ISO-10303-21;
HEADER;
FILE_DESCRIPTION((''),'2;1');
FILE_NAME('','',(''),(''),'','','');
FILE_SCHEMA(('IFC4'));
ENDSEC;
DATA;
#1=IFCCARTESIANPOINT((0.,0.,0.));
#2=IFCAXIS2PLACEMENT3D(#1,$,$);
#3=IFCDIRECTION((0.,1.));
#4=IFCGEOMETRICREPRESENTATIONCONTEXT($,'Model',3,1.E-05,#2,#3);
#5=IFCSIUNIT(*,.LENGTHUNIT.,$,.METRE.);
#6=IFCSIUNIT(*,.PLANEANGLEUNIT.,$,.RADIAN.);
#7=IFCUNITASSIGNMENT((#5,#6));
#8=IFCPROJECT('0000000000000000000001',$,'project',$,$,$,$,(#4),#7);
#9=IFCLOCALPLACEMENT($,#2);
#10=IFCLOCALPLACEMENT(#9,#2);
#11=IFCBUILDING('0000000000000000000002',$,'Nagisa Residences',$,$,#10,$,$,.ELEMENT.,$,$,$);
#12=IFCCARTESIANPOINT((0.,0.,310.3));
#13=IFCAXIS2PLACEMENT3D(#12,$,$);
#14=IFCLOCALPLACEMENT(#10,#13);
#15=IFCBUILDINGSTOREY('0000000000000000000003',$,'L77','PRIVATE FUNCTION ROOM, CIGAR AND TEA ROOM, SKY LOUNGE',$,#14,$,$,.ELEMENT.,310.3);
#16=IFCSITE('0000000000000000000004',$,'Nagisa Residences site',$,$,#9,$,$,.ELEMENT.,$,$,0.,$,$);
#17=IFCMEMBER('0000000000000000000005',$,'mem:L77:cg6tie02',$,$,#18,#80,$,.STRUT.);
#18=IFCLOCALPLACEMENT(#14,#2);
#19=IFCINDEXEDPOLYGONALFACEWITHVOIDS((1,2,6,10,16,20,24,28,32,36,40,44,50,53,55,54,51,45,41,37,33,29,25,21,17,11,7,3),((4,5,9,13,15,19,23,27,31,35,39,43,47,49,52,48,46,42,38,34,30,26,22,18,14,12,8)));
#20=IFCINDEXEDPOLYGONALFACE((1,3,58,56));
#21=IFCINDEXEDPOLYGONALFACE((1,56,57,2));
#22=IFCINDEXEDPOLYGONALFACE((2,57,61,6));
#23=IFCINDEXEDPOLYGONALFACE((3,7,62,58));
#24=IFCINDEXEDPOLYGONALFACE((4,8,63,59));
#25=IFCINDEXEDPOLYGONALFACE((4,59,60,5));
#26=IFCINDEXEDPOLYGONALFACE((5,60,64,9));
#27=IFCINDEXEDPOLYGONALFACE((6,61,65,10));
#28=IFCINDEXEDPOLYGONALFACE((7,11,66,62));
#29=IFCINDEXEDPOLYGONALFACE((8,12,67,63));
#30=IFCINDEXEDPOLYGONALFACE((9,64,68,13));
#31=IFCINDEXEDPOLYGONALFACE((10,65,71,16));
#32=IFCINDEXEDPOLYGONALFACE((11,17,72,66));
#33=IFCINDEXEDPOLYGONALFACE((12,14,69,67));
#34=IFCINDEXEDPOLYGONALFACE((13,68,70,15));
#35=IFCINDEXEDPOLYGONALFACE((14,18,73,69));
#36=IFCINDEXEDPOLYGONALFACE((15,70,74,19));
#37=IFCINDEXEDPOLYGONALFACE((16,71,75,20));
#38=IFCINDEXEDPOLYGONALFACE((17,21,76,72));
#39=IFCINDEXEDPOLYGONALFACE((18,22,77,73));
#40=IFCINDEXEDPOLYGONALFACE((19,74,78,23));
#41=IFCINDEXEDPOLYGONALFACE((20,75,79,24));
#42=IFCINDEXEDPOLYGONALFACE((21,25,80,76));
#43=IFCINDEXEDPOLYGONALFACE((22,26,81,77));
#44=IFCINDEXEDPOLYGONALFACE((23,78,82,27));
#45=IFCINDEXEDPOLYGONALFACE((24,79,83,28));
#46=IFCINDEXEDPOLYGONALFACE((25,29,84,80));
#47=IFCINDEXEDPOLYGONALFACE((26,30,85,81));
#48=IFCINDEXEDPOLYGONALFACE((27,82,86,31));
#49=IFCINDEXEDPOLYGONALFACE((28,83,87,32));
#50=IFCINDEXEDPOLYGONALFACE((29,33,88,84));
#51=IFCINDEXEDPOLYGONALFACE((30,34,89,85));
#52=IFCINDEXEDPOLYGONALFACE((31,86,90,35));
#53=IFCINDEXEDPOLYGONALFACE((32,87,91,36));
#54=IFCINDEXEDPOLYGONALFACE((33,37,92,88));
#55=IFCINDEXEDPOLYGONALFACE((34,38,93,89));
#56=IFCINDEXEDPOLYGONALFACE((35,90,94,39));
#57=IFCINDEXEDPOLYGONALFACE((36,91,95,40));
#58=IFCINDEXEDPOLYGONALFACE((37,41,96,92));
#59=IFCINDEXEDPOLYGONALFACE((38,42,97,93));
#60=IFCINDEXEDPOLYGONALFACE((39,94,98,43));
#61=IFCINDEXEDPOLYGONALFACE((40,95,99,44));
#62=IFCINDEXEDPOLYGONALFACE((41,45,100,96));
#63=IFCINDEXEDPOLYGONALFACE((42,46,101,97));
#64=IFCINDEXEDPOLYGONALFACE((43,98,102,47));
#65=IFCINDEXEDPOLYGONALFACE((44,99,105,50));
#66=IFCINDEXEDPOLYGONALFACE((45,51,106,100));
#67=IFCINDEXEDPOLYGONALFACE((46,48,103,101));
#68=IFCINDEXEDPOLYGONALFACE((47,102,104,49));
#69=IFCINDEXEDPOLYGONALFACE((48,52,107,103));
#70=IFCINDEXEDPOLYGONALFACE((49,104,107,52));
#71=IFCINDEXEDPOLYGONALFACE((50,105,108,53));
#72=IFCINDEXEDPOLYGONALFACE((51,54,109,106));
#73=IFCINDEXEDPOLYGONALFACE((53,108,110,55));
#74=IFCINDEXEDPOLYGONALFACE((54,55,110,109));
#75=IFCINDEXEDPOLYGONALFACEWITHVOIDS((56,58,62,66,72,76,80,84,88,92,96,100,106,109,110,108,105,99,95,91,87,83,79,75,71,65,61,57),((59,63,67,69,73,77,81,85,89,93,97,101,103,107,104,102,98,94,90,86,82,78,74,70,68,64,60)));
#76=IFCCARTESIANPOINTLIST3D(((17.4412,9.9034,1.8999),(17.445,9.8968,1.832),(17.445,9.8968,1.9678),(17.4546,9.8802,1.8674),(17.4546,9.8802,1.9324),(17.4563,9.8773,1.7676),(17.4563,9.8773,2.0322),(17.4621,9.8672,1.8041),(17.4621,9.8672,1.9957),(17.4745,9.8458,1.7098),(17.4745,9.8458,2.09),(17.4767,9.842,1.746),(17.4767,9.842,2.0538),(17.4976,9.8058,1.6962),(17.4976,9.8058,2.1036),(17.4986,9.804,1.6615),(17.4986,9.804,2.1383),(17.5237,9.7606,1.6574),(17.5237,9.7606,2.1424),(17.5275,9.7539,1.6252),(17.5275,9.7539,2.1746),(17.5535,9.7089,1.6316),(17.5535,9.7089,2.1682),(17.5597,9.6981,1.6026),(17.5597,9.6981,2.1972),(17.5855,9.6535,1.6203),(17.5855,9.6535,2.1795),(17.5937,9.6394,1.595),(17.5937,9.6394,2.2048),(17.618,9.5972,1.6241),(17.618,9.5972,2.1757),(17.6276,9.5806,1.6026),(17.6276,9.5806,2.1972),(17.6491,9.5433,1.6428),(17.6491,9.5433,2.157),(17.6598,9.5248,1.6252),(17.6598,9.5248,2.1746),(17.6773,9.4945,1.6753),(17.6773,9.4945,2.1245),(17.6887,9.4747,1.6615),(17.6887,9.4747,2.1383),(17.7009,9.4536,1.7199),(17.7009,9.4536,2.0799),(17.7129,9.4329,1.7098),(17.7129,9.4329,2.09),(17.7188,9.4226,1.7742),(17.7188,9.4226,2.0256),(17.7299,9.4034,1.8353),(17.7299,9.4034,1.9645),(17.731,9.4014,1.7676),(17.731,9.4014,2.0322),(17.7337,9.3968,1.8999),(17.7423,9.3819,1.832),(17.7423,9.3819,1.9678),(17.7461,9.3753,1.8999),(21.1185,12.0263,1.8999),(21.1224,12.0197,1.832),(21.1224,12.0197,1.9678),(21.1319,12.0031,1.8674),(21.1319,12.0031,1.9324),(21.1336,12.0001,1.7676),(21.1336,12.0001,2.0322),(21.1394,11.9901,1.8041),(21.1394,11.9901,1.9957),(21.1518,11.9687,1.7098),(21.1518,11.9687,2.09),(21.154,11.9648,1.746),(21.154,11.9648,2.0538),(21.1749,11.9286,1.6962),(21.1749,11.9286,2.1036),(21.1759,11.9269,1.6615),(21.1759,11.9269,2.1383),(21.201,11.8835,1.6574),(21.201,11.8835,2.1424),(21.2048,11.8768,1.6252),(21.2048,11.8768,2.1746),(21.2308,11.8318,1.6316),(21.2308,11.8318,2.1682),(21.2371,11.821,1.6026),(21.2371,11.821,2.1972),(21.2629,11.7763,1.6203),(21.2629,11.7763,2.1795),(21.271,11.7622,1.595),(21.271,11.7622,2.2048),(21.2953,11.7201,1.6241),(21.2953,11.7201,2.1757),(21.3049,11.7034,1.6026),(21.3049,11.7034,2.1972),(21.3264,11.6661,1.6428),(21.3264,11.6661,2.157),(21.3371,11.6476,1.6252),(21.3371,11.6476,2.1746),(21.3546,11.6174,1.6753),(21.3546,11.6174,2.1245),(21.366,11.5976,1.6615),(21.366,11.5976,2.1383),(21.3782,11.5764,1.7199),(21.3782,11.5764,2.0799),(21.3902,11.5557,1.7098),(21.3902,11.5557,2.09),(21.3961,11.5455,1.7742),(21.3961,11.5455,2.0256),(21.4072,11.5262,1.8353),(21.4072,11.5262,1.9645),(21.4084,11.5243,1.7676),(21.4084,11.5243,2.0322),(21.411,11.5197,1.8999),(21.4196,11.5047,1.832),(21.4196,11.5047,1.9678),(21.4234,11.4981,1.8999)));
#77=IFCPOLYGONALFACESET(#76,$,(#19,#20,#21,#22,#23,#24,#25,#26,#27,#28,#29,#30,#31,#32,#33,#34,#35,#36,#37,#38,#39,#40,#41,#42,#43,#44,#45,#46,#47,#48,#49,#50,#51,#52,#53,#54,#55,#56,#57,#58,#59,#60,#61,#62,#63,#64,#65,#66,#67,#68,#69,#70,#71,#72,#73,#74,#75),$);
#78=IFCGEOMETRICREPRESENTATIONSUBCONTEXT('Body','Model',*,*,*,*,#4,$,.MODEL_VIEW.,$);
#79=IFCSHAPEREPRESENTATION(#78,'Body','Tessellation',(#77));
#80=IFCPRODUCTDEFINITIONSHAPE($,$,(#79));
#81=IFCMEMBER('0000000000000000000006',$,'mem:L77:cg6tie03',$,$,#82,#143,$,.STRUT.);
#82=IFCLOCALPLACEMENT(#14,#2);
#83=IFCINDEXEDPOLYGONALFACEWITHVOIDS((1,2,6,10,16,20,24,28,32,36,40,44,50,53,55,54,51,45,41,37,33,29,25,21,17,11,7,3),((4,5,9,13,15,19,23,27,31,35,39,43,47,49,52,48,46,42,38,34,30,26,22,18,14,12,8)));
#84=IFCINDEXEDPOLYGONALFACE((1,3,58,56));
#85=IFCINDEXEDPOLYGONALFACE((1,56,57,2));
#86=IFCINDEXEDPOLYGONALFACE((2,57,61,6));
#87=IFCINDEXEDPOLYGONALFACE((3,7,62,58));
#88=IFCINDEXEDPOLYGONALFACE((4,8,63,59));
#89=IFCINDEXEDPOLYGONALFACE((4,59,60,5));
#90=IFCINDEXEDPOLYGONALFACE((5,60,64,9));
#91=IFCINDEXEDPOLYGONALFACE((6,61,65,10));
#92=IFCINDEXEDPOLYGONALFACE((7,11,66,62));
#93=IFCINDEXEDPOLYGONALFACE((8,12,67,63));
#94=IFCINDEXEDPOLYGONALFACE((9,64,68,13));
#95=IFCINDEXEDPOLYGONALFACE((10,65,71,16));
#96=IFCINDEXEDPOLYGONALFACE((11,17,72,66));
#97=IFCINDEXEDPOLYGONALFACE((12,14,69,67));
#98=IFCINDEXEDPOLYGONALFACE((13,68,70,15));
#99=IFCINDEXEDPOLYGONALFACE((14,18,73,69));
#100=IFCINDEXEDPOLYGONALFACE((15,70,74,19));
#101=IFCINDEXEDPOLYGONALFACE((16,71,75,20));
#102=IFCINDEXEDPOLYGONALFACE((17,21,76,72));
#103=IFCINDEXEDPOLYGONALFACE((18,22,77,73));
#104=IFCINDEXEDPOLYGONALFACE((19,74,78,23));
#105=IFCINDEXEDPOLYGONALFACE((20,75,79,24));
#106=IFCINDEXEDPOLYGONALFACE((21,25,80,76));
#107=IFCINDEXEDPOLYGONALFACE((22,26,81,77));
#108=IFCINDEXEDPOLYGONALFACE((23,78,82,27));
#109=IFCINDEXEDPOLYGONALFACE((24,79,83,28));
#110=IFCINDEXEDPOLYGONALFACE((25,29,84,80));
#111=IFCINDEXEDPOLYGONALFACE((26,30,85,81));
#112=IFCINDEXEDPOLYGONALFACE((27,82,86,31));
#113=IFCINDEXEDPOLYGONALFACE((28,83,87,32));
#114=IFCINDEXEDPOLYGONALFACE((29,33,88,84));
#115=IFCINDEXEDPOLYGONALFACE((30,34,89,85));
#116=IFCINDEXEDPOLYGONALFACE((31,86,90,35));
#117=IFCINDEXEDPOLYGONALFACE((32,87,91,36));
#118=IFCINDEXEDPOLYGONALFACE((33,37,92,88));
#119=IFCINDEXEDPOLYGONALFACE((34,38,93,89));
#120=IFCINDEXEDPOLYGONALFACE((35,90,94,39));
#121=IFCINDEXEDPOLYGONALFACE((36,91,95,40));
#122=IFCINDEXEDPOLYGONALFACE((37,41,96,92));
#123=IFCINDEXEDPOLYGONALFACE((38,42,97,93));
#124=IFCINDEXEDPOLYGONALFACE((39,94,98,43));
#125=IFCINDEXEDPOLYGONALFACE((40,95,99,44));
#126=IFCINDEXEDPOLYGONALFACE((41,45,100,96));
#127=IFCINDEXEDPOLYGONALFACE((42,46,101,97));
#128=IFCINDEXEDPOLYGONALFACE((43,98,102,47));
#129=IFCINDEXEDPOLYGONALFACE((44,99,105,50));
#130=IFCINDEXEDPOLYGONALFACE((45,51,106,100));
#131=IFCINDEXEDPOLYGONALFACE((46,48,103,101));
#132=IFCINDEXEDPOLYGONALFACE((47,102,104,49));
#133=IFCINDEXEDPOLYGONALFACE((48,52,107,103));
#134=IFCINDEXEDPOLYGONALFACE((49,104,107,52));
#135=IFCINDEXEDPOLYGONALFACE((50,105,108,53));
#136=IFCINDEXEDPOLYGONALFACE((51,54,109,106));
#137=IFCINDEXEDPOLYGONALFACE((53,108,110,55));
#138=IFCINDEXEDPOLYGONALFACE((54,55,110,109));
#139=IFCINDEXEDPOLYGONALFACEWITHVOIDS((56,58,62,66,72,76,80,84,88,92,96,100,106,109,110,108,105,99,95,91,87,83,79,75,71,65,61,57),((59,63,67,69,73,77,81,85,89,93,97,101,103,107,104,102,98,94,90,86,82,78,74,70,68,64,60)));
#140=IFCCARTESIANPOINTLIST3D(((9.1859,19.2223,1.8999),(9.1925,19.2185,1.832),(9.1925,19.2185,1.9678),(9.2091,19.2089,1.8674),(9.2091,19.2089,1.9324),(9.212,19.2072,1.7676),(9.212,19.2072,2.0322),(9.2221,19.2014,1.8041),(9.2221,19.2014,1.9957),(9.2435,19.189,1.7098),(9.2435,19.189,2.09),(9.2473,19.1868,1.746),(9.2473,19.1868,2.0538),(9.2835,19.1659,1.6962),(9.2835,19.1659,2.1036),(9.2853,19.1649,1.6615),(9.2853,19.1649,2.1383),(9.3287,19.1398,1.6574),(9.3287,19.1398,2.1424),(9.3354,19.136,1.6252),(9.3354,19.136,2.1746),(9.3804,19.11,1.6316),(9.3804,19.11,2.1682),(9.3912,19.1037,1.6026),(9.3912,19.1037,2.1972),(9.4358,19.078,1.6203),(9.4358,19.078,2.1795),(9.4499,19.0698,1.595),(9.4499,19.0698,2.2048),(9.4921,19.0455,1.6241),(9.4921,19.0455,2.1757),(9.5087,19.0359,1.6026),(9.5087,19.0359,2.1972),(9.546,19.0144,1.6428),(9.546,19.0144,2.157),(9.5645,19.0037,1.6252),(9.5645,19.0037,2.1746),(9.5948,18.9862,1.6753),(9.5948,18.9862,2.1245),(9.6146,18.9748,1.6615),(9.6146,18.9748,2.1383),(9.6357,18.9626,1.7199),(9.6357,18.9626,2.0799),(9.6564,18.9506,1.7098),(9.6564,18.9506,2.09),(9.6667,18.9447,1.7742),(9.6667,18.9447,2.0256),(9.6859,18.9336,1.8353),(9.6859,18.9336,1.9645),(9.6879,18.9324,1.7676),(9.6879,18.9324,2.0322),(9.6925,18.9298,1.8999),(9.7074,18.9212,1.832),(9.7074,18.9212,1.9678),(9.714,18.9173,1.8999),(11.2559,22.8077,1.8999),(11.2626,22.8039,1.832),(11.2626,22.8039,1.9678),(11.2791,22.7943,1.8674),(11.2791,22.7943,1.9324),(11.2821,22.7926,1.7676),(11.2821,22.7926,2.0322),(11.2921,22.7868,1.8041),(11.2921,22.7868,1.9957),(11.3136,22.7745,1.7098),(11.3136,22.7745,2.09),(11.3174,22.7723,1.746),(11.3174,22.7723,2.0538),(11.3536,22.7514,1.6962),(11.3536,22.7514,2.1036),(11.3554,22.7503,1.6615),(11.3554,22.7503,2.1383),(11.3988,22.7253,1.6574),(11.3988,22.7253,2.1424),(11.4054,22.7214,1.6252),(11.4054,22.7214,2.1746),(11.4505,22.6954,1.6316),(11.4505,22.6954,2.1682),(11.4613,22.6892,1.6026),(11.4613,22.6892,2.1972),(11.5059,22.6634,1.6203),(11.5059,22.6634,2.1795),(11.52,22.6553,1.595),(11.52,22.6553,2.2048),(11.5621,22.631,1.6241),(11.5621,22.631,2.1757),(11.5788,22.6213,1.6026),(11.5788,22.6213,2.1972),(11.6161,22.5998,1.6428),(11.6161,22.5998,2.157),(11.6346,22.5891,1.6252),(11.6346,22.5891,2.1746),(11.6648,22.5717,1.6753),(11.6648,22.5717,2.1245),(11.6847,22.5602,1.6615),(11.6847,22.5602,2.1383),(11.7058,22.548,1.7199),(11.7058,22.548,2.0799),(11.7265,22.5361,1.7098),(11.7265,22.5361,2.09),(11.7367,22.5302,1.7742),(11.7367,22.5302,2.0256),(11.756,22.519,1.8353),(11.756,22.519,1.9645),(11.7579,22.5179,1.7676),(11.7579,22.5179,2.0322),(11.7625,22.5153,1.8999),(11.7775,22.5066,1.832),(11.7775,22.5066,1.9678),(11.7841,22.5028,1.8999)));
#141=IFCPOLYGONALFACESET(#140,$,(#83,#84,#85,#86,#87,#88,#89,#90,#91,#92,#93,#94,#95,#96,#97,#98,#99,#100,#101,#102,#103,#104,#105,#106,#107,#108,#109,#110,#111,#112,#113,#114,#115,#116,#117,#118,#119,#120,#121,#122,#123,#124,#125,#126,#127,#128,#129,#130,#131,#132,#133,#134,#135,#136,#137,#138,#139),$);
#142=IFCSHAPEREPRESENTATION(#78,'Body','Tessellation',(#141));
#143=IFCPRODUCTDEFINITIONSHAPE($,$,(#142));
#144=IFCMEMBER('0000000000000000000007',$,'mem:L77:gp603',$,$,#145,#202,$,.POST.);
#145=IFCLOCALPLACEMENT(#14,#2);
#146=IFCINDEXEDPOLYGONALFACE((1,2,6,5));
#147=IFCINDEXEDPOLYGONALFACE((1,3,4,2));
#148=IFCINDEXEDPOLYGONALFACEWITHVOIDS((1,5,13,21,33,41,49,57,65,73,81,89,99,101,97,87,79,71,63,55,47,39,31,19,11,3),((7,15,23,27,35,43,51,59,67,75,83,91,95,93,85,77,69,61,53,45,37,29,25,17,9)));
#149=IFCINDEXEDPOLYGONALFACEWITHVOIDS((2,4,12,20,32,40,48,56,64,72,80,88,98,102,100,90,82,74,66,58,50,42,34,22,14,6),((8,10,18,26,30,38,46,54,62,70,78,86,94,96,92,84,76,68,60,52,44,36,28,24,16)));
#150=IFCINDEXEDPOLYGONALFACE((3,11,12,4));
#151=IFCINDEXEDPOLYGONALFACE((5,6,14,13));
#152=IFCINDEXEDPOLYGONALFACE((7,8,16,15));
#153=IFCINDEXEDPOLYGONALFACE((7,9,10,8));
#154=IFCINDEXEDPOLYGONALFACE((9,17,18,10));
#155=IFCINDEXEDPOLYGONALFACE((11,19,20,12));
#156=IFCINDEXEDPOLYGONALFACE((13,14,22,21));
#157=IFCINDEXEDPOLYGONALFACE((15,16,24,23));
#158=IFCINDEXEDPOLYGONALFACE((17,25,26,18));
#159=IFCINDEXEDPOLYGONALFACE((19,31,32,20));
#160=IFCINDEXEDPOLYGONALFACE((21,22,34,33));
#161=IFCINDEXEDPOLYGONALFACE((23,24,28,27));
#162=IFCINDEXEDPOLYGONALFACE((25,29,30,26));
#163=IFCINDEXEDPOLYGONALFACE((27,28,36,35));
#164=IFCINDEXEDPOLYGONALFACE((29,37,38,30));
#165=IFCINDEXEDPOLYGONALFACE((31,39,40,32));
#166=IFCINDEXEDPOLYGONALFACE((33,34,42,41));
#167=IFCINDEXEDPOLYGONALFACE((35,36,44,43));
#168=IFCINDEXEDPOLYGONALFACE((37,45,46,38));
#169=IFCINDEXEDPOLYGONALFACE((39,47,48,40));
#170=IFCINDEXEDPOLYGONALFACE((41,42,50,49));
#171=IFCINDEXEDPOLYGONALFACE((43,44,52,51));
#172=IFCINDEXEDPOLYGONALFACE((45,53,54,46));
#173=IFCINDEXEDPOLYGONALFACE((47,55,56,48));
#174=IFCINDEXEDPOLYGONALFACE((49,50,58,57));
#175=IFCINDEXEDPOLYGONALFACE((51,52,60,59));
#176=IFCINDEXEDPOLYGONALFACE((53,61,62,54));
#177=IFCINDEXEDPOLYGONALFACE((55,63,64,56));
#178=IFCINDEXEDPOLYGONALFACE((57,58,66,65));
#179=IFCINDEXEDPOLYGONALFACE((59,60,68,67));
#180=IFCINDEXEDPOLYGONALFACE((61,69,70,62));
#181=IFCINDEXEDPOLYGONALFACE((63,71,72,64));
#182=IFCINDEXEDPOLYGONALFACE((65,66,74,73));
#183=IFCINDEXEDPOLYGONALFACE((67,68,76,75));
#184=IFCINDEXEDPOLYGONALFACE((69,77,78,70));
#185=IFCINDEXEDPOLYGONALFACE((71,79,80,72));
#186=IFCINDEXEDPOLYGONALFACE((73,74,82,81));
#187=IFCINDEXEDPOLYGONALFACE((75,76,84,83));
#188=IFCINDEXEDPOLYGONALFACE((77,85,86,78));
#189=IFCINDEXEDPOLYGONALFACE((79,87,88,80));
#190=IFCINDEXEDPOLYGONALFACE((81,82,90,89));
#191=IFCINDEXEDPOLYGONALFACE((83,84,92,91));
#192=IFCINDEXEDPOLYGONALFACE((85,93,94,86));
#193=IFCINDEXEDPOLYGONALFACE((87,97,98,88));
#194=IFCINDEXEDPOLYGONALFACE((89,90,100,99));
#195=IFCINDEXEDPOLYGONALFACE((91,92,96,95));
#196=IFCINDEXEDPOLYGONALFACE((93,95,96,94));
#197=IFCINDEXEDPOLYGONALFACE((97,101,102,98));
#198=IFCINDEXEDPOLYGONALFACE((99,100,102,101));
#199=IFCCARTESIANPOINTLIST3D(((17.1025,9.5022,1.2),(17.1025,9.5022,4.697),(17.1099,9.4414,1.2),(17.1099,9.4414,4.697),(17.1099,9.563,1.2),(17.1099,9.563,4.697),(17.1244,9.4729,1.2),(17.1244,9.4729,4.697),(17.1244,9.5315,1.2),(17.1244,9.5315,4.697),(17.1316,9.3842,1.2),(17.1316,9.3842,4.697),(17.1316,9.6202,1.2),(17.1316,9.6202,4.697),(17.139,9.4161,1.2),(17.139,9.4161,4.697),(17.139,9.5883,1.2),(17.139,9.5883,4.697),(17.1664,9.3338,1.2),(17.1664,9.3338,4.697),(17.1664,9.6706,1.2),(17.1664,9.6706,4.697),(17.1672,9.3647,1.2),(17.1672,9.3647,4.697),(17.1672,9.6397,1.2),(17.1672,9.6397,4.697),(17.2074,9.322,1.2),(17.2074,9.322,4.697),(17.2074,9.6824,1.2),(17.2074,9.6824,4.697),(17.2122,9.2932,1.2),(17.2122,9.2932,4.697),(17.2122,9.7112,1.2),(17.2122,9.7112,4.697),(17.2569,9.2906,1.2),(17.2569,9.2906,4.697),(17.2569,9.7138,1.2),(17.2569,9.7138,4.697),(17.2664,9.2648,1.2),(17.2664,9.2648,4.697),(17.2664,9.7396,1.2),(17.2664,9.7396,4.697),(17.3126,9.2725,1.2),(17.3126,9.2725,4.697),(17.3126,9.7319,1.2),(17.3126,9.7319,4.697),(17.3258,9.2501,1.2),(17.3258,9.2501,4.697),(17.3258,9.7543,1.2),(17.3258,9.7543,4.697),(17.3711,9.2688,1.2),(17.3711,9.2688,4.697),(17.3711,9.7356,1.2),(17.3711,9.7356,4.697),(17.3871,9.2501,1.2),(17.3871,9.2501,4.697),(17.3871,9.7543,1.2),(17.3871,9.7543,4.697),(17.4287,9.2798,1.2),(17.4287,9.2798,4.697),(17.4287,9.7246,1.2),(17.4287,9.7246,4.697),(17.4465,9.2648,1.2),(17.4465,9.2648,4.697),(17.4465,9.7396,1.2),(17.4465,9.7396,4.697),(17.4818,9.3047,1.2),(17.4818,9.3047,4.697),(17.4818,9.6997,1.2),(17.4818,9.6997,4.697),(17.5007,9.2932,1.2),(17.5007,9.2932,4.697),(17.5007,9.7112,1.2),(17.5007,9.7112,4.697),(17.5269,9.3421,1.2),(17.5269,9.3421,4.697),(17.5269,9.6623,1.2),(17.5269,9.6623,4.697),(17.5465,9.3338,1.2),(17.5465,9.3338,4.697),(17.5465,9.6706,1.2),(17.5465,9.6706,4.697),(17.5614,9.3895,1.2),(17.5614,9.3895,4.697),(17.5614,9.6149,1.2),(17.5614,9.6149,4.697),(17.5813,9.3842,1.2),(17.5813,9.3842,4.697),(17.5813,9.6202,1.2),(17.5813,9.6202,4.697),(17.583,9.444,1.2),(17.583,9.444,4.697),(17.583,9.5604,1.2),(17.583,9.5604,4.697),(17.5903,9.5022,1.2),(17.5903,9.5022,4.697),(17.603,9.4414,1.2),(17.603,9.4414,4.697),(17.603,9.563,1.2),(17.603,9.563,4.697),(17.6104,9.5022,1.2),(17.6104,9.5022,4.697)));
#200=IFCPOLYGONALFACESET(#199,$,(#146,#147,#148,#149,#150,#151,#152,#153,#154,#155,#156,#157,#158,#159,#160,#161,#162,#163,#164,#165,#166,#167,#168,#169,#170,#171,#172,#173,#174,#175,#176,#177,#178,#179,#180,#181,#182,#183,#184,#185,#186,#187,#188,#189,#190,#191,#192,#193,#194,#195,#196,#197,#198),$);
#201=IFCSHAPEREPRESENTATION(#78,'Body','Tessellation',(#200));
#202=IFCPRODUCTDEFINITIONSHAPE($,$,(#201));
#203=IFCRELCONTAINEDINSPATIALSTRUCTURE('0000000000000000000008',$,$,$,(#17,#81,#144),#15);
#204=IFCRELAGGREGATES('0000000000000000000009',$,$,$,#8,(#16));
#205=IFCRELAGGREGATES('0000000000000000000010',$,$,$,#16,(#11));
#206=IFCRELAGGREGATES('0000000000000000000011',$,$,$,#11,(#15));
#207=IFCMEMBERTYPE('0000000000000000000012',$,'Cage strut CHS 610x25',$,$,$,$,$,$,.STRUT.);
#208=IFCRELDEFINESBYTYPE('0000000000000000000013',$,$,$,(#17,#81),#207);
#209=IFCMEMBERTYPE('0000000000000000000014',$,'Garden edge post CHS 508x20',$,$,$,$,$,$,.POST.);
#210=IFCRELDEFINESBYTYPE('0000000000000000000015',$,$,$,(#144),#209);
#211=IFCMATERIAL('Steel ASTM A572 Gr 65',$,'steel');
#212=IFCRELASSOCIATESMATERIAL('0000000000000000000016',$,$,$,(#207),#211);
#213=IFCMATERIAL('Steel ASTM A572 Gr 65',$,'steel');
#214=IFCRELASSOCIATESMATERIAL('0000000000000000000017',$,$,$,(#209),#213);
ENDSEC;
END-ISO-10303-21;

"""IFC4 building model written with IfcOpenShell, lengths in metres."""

from ifc_helpers import new_model, si_unit, direction, frame, origin, origin_2d, place, context, subcontext, project, spatial, hollow_circle, extrude, material, material_profile, profile_set, type_object, element, save


model = new_model("IFC4")

# Units and contexts
model_context = context("Model", 3, precision=1e-05, world=origin(), true_north=direction((0.0, 1.0)))
body_context = subcontext(model_context, "Body", "Model", "MODEL_VIEW")
ifc_project = project(units=[si_unit("LENGTHUNIT", "METRE"), si_unit("PLANEANGLEUNIT", "RADIAN")], contexts=[model_context])

# Site, building, storey
site_placement = place(None, origin())
site = spatial("IfcSite", under=ifc_project, at=site_placement, Name="Nagisa Residences site", CompositionType="ELEMENT", RefElevation=0.0)
building_placement = place(site_placement, origin())
building = spatial("IfcBuilding", under=site, at=building_placement, Name="Nagisa Residences", CompositionType="ELEMENT")
storey_placement = place(building_placement, frame((0.0, 0.0, 310.3)))
storey = spatial("IfcBuildingStorey", under=building, at=storey_placement, Name="L77", Description="PRIVATE FUNCTION ROOM, CIGAR AND TEA ROOM, SKY LOUNGE", CompositionType="ELEMENT", Elevation=310.3)

# Members
ifc_material_1 = material(Name="Steel ASTM A572 Gr 65", Category="steel")
ifc_material_profile_1 = material_profile(ifc_material_1, hollow_circle(Radius=0.3049, WallThickness=0.0249, at=origin_2d()), Name="CHS 610x25")
ifc_profile_set_1 = profile_set([ifc_material_profile_1], Name="Steel ASTM A572 Gr 65")
member_type_1 = type_object("IfcMemberType", Name="Cage strut CHS 610x25", PredefinedType="STRUT", material=ifc_profile_set_1)
member_1_placement = place(storey_placement, frame((21.271, 11.7622, 1.8999), z_axis=(-0.866052, -0.499955, 0.0), x_axis=(0.499955, -0.866052, 0.0)))
element("IfcMember", 1, at=member_1_placement, inside=storey, type_object=member_type_1, Name="mem:L77:cg6tie02", PredefinedType="STRUT", context=body_context, shape_type="SweptSolid", body=[
    extrude(hollow_circle(Radius=0.3049, WallThickness=0.0249, at=origin_2d()), origin(), (0.0, 0.0, 1.0), 4.2461),
])
member_2_placement = place(storey_placement, frame((11.52, 22.6553, 1.8999), z_axis=(-0.500002, -0.866025, 0.0), x_axis=(0.866025, -0.500002, 0.0)))
element("IfcMember", 2, at=member_2_placement, inside=storey, type_object=member_type_1, Name="mem:L77:cg6tie03", PredefinedType="STRUT", context=body_context, shape_type="SweptSolid", body=[
    extrude(hollow_circle(Radius=0.3049, WallThickness=0.0249, at=origin_2d()), origin(), (0.0, 0.0, 1.0), 4.1401),
])
ifc_material_2 = material(Name="Steel ASTM A572 Gr 65", Category="steel")
ifc_material_profile_2 = material_profile(ifc_material_2, hollow_circle(Radius=0.2539, WallThickness=0.02, at=origin_2d()), Name="CHS 508x20")
ifc_profile_set_2 = profile_set([ifc_material_profile_2], Name="Steel ASTM A572 Gr 65")
member_type_2 = type_object("IfcMemberType", Name="Garden edge post CHS 508x20", PredefinedType="POST", material=ifc_profile_set_2)
member_3_placement = place(storey_placement, frame((17.3564, 9.5022, 1.2), z_axis=(0.0, 0.0, 1.0), x_axis=(1.0, 0.0, 0.0)))
element("IfcMember", 3, at=member_3_placement, inside=storey, type_object=member_type_2, Name="mem:L77:gp603", PredefinedType="POST", context=body_context, shape_type="SweptSolid", body=[
    extrude(hollow_circle(Radius=0.2539, WallThickness=0.02, at=origin_2d()), origin(), (0.0, 0.0, 1.0), 3.4971),
])

save(model, "model.ifc")
